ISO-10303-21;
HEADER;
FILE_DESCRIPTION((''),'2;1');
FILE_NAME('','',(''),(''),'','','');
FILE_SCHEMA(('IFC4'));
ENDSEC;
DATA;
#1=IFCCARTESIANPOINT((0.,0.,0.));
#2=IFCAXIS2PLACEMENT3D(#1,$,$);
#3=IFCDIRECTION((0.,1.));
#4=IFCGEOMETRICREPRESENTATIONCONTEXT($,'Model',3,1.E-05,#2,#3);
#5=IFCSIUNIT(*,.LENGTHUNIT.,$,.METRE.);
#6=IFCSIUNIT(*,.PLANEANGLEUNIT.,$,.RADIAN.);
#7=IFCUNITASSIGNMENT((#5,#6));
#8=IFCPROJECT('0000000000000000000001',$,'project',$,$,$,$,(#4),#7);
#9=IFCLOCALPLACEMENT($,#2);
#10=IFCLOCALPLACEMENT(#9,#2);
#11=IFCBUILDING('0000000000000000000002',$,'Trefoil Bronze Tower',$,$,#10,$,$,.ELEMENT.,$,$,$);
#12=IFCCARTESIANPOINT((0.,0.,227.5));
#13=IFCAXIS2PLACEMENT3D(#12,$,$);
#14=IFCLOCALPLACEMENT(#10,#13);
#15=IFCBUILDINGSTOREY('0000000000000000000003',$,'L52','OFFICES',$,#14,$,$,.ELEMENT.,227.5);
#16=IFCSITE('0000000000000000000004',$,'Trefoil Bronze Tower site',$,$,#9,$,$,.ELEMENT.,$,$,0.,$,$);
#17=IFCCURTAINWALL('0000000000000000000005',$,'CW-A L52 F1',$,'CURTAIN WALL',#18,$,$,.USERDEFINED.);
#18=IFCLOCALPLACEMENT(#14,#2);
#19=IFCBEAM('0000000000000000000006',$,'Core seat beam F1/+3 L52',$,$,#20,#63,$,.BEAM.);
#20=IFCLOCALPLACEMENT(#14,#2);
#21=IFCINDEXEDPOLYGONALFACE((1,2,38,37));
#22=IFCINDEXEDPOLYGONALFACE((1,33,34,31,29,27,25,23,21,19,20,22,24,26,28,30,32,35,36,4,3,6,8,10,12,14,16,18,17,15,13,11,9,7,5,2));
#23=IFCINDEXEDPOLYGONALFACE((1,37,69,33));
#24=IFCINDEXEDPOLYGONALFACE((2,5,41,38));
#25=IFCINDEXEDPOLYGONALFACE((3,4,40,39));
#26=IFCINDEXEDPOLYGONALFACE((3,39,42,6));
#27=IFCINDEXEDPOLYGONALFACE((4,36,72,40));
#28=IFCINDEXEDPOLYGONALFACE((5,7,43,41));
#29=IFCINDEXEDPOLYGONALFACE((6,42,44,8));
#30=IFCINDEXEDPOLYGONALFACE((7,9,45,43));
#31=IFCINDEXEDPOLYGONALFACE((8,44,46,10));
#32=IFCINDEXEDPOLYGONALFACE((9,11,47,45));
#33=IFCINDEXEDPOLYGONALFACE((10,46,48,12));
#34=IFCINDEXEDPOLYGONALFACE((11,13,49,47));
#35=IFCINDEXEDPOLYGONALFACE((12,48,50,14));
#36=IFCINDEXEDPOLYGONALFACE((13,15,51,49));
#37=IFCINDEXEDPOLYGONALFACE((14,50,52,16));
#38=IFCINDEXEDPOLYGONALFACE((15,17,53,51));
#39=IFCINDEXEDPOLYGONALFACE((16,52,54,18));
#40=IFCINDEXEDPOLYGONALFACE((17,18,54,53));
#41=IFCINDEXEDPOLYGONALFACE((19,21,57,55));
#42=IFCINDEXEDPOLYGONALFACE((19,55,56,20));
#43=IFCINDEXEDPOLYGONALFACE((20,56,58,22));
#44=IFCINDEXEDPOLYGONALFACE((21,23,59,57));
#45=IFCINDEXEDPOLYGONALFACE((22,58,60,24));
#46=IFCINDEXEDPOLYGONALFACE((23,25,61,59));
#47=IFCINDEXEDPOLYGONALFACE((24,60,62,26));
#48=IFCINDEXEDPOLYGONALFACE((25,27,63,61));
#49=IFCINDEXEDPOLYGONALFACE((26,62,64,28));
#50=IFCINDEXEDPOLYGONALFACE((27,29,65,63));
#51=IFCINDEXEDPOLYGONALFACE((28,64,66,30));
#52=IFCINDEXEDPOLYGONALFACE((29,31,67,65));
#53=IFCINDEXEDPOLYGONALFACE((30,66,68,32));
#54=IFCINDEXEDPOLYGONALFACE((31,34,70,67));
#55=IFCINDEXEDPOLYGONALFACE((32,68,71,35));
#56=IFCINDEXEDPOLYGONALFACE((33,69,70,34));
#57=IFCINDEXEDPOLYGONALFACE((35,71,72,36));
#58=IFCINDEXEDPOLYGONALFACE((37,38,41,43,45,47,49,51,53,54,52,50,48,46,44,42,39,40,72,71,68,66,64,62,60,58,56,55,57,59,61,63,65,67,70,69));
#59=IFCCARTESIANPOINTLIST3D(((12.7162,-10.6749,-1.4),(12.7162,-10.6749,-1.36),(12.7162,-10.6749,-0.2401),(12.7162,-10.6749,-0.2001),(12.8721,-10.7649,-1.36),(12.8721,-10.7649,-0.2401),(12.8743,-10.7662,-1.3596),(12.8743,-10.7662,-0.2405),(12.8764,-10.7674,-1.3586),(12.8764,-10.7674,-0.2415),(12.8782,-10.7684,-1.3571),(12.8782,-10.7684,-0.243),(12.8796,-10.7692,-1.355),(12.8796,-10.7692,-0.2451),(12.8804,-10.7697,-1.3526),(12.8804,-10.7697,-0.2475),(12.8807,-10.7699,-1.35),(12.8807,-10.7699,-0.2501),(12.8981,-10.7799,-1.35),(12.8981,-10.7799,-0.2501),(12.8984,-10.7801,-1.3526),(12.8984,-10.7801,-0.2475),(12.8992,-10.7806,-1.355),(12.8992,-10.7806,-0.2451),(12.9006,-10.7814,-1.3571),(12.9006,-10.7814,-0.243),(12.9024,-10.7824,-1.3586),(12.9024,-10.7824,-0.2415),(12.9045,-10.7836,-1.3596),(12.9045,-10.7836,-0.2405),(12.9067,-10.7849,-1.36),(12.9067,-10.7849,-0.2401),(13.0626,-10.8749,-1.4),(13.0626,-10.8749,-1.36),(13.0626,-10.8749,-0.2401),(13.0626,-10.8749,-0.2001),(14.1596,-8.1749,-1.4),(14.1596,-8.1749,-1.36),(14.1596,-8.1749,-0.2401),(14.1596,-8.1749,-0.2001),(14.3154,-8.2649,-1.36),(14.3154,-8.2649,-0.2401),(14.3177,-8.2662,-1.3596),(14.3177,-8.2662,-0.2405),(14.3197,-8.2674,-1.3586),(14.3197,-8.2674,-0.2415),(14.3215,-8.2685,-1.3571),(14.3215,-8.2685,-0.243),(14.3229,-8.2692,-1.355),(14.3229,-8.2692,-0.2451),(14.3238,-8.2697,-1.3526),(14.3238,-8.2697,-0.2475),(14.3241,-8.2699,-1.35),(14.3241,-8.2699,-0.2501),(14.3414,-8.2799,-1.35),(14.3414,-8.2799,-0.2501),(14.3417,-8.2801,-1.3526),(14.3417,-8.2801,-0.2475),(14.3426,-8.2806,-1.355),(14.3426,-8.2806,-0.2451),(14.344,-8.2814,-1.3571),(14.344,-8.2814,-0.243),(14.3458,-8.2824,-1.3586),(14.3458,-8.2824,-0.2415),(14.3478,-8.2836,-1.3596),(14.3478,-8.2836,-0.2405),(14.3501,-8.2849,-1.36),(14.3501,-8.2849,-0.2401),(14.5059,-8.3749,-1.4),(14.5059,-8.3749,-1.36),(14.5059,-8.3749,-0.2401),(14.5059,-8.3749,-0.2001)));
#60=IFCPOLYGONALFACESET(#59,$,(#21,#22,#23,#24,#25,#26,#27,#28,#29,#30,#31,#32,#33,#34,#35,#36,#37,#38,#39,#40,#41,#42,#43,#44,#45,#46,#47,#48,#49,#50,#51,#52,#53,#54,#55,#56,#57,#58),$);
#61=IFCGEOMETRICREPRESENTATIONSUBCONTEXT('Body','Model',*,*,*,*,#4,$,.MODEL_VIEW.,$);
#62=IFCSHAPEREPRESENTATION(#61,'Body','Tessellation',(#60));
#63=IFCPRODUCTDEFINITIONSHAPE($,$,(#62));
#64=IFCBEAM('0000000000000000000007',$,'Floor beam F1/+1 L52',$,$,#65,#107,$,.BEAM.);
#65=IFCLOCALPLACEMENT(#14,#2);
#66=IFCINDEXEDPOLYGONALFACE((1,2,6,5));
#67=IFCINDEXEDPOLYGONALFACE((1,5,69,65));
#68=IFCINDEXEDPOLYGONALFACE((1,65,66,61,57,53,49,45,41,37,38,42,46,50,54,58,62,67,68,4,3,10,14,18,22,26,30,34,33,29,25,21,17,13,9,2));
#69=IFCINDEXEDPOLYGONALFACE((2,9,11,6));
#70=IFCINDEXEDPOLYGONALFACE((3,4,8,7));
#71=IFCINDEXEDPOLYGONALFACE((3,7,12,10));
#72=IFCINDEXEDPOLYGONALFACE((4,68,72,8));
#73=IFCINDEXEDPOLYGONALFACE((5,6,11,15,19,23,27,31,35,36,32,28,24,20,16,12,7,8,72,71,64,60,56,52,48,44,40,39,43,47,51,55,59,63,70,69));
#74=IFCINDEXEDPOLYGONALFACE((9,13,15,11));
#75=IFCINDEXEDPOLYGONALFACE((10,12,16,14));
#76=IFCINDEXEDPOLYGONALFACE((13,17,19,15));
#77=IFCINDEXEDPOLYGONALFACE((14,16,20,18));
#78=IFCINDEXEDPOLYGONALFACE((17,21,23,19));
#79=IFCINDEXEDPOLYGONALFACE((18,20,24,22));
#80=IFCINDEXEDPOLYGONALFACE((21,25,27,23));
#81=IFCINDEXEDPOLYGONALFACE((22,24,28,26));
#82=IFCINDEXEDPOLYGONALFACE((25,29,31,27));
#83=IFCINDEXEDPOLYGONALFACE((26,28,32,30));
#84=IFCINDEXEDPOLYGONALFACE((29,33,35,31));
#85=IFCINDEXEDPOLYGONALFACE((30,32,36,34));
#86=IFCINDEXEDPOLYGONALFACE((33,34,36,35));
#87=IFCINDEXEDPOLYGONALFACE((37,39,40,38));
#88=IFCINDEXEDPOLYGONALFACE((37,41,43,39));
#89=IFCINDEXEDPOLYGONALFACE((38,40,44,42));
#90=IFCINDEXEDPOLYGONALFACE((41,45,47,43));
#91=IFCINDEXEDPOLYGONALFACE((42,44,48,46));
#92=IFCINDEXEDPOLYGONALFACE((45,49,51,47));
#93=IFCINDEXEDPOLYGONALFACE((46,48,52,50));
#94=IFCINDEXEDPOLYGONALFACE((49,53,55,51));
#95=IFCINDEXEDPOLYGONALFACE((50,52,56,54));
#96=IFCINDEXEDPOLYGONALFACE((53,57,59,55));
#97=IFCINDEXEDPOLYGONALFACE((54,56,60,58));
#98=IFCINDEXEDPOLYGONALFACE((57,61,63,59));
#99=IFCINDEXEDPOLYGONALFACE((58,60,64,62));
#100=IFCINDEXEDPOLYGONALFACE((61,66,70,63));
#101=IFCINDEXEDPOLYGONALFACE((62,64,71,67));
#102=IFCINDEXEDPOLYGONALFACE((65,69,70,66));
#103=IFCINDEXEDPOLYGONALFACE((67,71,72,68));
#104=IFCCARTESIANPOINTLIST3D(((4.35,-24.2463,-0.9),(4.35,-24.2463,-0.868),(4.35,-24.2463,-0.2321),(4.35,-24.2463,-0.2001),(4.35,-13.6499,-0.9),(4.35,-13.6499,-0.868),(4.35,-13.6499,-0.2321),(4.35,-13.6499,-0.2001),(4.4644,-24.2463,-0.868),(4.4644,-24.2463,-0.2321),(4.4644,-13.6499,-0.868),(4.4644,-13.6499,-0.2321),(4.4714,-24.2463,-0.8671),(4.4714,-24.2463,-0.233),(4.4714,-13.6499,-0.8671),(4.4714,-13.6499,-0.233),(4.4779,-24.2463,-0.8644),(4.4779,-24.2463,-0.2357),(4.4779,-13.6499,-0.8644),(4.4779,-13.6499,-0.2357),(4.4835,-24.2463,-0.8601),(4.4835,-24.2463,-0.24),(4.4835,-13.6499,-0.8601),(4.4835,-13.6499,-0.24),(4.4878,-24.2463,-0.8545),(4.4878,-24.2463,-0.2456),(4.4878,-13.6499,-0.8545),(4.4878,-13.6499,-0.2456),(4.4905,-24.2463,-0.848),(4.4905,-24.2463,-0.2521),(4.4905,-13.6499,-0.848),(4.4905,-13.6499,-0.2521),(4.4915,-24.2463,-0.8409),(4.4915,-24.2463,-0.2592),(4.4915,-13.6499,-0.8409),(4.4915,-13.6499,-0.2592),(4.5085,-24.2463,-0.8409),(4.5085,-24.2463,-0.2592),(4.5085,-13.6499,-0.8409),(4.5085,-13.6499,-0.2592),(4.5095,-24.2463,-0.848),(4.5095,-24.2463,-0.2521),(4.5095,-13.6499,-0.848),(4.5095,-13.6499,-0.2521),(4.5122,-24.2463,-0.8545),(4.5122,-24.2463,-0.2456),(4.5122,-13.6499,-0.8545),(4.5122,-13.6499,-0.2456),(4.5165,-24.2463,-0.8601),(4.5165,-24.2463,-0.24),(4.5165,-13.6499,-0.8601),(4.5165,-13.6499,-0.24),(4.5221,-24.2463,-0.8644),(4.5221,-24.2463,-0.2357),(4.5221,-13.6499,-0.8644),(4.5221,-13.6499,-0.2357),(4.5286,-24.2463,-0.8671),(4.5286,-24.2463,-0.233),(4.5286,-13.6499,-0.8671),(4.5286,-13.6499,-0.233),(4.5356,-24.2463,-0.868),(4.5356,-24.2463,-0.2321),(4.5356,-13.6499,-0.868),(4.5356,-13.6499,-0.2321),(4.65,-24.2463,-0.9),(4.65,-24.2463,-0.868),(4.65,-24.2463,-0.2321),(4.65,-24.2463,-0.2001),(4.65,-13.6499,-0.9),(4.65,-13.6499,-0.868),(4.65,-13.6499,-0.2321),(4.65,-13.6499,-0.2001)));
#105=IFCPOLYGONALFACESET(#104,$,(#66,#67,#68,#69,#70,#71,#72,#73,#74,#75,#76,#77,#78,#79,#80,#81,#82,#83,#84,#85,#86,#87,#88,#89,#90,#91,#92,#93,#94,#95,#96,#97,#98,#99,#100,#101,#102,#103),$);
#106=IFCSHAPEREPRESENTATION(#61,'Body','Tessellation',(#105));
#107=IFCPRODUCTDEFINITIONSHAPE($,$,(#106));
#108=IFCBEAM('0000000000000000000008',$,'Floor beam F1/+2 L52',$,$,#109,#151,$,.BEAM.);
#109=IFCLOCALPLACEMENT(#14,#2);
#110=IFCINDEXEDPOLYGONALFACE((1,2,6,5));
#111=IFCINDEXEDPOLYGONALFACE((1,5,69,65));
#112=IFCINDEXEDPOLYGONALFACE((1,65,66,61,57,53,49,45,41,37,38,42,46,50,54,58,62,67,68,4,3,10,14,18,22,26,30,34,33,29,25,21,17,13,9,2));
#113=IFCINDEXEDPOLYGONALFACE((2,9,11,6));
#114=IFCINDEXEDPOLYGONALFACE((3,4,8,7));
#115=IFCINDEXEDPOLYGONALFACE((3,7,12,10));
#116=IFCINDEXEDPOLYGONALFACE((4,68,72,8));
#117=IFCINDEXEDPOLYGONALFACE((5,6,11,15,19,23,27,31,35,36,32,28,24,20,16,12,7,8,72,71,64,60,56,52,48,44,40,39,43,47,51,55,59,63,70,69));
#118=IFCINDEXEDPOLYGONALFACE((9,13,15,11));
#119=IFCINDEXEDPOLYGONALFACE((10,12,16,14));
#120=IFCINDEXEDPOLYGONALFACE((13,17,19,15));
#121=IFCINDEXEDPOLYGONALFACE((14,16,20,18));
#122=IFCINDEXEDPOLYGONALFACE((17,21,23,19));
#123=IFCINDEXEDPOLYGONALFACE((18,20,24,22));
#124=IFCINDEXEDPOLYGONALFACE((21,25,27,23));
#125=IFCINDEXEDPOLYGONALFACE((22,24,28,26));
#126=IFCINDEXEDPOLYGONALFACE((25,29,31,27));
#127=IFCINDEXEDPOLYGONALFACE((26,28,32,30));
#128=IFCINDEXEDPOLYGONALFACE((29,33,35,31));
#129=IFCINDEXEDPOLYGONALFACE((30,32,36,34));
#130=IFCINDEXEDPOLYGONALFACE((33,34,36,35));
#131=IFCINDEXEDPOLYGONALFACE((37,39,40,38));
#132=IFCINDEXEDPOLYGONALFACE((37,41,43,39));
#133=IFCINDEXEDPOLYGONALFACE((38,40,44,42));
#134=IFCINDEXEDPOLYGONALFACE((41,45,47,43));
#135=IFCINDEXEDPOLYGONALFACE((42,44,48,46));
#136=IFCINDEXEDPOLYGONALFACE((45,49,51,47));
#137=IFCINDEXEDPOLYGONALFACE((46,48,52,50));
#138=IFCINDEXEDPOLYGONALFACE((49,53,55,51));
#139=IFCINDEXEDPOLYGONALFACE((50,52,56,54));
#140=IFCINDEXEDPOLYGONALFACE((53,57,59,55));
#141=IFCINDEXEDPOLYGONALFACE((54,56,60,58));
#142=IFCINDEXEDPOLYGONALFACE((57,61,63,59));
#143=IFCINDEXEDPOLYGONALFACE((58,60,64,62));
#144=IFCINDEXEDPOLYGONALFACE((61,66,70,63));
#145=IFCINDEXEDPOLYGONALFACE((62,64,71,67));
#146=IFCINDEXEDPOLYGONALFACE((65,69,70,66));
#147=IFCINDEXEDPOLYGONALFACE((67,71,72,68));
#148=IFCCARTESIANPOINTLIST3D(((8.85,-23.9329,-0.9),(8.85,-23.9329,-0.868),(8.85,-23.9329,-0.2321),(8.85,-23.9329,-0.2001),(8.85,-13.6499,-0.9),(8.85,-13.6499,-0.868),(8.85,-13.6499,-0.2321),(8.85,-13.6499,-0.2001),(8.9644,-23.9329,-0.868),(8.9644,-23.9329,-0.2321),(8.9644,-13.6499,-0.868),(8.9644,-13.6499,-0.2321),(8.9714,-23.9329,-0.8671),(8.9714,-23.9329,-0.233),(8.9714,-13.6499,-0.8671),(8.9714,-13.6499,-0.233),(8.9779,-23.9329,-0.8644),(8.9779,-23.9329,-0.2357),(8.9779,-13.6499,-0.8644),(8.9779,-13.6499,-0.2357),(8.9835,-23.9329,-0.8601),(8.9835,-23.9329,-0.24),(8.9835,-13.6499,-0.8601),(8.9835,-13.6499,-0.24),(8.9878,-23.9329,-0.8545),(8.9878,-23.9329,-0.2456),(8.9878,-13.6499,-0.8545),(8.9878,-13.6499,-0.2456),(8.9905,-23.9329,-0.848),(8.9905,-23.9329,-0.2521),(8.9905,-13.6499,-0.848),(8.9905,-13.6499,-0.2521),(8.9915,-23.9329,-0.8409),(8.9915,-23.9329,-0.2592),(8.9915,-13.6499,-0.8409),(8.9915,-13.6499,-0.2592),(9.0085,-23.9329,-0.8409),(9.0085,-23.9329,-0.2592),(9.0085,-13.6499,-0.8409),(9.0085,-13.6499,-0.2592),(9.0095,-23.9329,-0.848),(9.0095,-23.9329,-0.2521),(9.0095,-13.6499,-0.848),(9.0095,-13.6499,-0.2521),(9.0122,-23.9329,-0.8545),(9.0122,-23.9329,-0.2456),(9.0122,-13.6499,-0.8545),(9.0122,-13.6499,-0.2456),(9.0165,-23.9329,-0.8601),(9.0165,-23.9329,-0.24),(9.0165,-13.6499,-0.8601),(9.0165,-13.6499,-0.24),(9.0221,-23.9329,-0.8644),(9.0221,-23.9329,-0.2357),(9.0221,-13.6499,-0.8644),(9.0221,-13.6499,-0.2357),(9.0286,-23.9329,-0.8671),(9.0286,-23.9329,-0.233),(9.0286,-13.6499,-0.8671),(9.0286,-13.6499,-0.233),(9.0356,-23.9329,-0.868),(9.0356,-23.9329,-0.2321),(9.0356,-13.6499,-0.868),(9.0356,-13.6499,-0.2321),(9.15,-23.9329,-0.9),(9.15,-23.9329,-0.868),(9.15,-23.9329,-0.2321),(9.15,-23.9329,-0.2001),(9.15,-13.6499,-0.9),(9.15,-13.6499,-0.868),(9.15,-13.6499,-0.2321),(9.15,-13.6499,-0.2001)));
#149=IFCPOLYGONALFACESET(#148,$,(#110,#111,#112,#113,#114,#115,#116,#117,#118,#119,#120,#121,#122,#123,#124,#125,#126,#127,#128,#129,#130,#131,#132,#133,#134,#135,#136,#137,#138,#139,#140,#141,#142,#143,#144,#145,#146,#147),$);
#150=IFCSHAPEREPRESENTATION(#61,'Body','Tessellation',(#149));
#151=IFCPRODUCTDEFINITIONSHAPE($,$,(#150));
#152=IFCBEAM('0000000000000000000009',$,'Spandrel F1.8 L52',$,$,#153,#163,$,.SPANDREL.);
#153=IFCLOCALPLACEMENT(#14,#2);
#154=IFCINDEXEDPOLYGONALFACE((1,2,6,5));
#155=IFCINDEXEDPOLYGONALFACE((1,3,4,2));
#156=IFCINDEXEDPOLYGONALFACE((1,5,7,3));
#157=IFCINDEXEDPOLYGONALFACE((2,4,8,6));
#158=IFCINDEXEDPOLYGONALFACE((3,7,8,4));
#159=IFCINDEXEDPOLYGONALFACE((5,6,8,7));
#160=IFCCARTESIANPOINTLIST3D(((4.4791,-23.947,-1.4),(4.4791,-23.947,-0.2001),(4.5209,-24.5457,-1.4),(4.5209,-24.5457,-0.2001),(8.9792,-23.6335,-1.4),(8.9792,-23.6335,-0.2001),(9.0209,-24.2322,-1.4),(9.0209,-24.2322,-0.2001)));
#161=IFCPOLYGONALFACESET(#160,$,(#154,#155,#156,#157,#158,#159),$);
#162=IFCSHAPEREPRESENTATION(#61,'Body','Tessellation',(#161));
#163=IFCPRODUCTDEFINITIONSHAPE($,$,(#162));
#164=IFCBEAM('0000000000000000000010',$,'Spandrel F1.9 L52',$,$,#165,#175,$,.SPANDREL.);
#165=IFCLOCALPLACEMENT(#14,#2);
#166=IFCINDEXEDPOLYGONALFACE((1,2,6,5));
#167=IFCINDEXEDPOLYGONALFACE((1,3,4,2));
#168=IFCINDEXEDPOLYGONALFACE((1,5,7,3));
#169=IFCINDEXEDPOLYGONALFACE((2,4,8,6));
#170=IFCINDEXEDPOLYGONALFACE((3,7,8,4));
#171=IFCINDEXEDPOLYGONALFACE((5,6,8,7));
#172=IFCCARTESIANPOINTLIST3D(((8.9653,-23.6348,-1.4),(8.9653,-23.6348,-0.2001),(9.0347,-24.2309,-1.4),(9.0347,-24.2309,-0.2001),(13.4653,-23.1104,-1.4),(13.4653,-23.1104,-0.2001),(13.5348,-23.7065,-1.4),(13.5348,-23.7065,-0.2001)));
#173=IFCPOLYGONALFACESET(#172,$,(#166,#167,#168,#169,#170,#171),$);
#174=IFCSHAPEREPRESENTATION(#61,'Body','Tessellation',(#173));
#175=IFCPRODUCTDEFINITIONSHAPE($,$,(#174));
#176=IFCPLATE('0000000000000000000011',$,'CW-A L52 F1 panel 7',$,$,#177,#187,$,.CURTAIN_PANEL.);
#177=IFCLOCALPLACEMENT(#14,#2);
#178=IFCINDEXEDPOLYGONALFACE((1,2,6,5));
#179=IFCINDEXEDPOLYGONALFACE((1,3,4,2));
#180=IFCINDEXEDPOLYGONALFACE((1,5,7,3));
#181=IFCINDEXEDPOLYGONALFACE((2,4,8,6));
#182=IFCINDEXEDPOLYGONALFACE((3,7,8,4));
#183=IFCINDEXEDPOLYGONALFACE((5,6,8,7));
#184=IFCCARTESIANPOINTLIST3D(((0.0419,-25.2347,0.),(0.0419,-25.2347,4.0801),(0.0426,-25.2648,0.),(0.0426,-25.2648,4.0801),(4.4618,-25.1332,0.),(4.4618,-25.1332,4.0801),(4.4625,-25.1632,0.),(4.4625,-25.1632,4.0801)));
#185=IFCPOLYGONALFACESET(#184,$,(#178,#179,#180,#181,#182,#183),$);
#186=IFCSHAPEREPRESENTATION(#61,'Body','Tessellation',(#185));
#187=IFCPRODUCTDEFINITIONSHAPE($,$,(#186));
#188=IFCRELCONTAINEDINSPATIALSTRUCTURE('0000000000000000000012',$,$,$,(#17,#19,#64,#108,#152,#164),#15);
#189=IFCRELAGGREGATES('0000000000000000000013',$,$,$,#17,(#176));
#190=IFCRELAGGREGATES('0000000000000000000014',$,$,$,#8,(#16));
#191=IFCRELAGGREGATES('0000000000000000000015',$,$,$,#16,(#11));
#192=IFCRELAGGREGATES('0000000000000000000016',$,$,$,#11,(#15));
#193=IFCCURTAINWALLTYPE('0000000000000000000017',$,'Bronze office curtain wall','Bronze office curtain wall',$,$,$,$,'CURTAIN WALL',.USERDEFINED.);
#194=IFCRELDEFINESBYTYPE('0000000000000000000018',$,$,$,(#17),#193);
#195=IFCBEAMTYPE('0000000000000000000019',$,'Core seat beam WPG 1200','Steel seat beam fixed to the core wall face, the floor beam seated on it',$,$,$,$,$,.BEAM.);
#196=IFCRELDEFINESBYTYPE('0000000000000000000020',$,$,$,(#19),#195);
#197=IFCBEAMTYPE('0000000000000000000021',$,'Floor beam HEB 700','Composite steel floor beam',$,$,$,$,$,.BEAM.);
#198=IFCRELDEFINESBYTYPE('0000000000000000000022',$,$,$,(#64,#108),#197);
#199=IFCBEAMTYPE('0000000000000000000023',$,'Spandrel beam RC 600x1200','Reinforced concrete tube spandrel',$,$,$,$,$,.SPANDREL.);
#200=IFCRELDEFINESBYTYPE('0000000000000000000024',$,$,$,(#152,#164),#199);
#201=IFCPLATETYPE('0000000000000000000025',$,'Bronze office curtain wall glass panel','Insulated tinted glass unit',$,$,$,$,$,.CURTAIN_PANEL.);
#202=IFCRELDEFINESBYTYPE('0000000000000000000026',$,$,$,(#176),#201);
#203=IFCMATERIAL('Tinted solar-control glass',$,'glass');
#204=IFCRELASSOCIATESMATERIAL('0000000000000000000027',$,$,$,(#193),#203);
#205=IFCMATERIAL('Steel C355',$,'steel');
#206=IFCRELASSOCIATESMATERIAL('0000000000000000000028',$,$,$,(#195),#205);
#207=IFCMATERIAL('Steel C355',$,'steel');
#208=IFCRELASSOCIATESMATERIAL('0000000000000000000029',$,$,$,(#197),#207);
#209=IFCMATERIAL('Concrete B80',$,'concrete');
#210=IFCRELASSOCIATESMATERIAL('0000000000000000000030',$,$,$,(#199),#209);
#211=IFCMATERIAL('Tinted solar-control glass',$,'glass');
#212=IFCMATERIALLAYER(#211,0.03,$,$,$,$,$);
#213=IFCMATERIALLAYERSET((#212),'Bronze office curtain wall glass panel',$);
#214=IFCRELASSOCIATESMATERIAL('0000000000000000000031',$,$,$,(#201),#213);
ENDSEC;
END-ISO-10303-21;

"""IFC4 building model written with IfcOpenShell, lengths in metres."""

from ifc_helpers import new_model, si_unit, direction, frame, origin, origin_2d, place, context, subcontext, project, spatial, rectangle, i_section, extrude, material, layer, layer_set, material_profile, profile_set, type_object, element, aggregate, save


model = new_model("IFC4")

# Units and contexts
model_context = context("Model", 3, precision=1e-05, world=origin(), true_north=direction((0.0, 1.0)))
body_context = subcontext(model_context, "Body", "Model", "MODEL_VIEW")
ifc_project = project(units=[si_unit("LENGTHUNIT", "METRE"), si_unit("PLANEANGLEUNIT", "RADIAN")], contexts=[model_context])

# Site, building, storey
site_placement = place(None, origin())
site = spatial("IfcSite", under=ifc_project, at=site_placement, Name="Trefoil Bronze Tower site", CompositionType="ELEMENT", RefElevation=0.0)
building_placement = place(site_placement, origin())
building = spatial("IfcBuilding", under=site, at=building_placement, Name="Trefoil Bronze Tower", CompositionType="ELEMENT")
storey_placement = place(building_placement, frame((0.0, 0.0, 227.5)))
storey = spatial("IfcBuildingStorey", under=building, at=storey_placement, Name="L52", Description="OFFICES", CompositionType="ELEMENT", Elevation=227.5)

# Curtain wall
ifc_material_1 = material(Name="Tinted solar-control glass", Category="glass")
curtain_wall_type = type_object("IfcCurtainWallType", Name="Bronze office curtain wall", Description="Bronze office curtain wall", ElementType="CURTAIN WALL", PredefinedType="USERDEFINED", material=ifc_material_1)
curtain_wall_placement = place(storey_placement, origin())
curtain_wall = element("IfcCurtainWall", 1, at=curtain_wall_placement, inside=storey, type_object=curtain_wall_type, Name="CW-A L52 F1", ObjectType="CURTAIN WALL", PredefinedType="USERDEFINED")

# Beams
ifc_material_2 = material(Name="Steel C355", Category="steel")
ifc_material_profile_1 = material_profile(ifc_material_2, i_section(OverallWidth=0.3999, OverallDepth=1.2, WebThickness=0.02, FlangeThickness=0.04, FilletRadius=0.01, at=origin_2d()), Name="WPG 1200")
ifc_profile_set_1 = profile_set([ifc_material_profile_1], Name="Steel C355")
beam_type_1 = type_object("IfcBeamType", Name="Core seat beam WPG 1200", Description="Steel seat beam fixed to the core wall face, the floor beam seated on it", PredefinedType="BEAM", material=ifc_profile_set_1)
beam_1_placement = place(storey_placement, frame((12.8894, -10.7749, -0.8), z_axis=(0.499996, 0.866028, 0.0), x_axis=(-0.866028, 0.499996, 0.0)))
element("IfcBeam", 2, at=beam_1_placement, inside=storey, type_object=beam_type_1, Name="Core seat beam F1/+3 L52", PredefinedType="BEAM", context=body_context, shape_type="SweptSolid", body=[
    extrude(i_section(OverallWidth=0.3999, OverallDepth=1.2, WebThickness=0.02, FlangeThickness=0.04, FilletRadius=0.01, at=origin_2d()), origin(), (0.0, 0.0, 1.0), 2.8867),
])
ifc_material_3 = material(Name="Steel C355", Category="steel")
ifc_material_profile_2 = material_profile(ifc_material_3, i_section(OverallWidth=0.3, OverallDepth=0.7, WebThickness=0.0171, FlangeThickness=0.032, FilletRadius=0.0271, at=origin_2d()), Name="HEB 700")
ifc_profile_set_2 = profile_set([ifc_material_profile_2], Name="Steel C355")
beam_type_2 = type_object("IfcBeamType", Name="Floor beam HEB 700", Description="Composite steel floor beam", PredefinedType="BEAM", material=ifc_profile_set_2)
beam_2_placement = place(storey_placement, frame((4.5, -24.2463, -0.55), z_axis=(0.0, 1.0, 0.0), x_axis=(-1.0, 0.0, 0.0)))
element("IfcBeam", 3, at=beam_2_placement, inside=storey, type_object=beam_type_2, Name="Floor beam F1/+1 L52", PredefinedType="BEAM", context=body_context, shape_type="SweptSolid", body=[
    extrude(i_section(OverallWidth=0.3, OverallDepth=0.7, WebThickness=0.0171, FlangeThickness=0.032, FilletRadius=0.0271, at=origin_2d()), origin(), (0.0, 0.0, 1.0), 10.5964),
])
beam_3_placement = place(storey_placement, frame((9.0, -23.9329, -0.55), z_axis=(0.0, 1.0, 0.0), x_axis=(-1.0, 0.0, 0.0)))
element("IfcBeam", 4, at=beam_3_placement, inside=storey, type_object=beam_type_2, Name="Floor beam F1/+2 L52", PredefinedType="BEAM", context=body_context, shape_type="SweptSolid", body=[
    extrude(i_section(OverallWidth=0.3, OverallDepth=0.7, WebThickness=0.0171, FlangeThickness=0.032, FilletRadius=0.0271, at=origin_2d()), origin(), (0.0, 0.0, 1.0), 10.283),
])
ifc_material_4 = material(Name="Concrete B80", Category="concrete")
ifc_material_profile_3 = material_profile(ifc_material_4, rectangle(XDim=0.6001, YDim=1.2, at=origin_2d()), Name="RC 600x1200")
ifc_profile_set_3 = profile_set([ifc_material_profile_3], Name="Concrete B80")
beam_type_3 = type_object("IfcBeamType", Name="Spandrel beam RC 600x1200", Description="Reinforced concrete tube spandrel", PredefinedType="SPANDREL", material=ifc_profile_set_3)
beam_4_placement = place(storey_placement, frame((4.5, -24.2463, -0.8), z_axis=(0.997582, 0.069493, 0.0), x_axis=(-0.069493, 0.997582, 0.0)))
element("IfcBeam", 5, at=beam_4_placement, inside=storey, type_object=beam_type_3, Name="Spandrel F1.8 L52", PredefinedType="SPANDREL", context=body_context, shape_type="SweptSolid", body=[
    extrude(rectangle(XDim=0.6001, YDim=1.2, at=origin_2d()), origin(), (0.0, 0.0, 1.0), 4.511),
])
beam_5_placement = place(storey_placement, frame((9.0, -23.9329, -0.8), z_axis=(0.993278, 0.115753, 0.0), x_axis=(-0.115753, 0.993278, 0.0)))
element("IfcBeam", 6, at=beam_5_placement, inside=storey, type_object=beam_type_3, Name="Spandrel F1.9 L52", PredefinedType="SPANDREL", context=body_context, shape_type="SweptSolid", body=[
    extrude(rectangle(XDim=0.6001, YDim=1.2, at=origin_2d()), origin(), (0.0, 0.0, 1.0), 4.5305),
])

# Plate
ifc_material_5 = material(Name="Tinted solar-control glass", Category="glass")
ifc_layer_1 = layer(ifc_material_5, 0.03)
ifc_layer_set_1 = layer_set([ifc_layer_1], Name="Bronze office curtain wall glass panel")
plate_type = type_object("IfcPlateType", Name="Bronze office curtain wall glass panel", Description="Insulated tinted glass unit", PredefinedType="CURTAIN_PANEL", material=ifc_layer_set_1)
plate_1_placement = place(storey_placement, frame((2.2522, -25.199, 0.0), z_axis=(0.0, 0.0, 1.0), x_axis=(0.999736, 0.022972, 0.0)))
plate_1 = element("IfcPlate", 7, at=plate_1_placement, type_object=plate_type, Name="CW-A L52 F1 panel 7", PredefinedType="CURTAIN_PANEL", context=body_context, shape_type="SweptSolid", body=[
    extrude(rectangle(XDim=4.4211, YDim=0.03, at=origin_2d()), origin(), (0.0, 0.0, 1.0), 4.0801),
])
aggregate(curtain_wall, [plate_1])

save(model, "model.ifc")
